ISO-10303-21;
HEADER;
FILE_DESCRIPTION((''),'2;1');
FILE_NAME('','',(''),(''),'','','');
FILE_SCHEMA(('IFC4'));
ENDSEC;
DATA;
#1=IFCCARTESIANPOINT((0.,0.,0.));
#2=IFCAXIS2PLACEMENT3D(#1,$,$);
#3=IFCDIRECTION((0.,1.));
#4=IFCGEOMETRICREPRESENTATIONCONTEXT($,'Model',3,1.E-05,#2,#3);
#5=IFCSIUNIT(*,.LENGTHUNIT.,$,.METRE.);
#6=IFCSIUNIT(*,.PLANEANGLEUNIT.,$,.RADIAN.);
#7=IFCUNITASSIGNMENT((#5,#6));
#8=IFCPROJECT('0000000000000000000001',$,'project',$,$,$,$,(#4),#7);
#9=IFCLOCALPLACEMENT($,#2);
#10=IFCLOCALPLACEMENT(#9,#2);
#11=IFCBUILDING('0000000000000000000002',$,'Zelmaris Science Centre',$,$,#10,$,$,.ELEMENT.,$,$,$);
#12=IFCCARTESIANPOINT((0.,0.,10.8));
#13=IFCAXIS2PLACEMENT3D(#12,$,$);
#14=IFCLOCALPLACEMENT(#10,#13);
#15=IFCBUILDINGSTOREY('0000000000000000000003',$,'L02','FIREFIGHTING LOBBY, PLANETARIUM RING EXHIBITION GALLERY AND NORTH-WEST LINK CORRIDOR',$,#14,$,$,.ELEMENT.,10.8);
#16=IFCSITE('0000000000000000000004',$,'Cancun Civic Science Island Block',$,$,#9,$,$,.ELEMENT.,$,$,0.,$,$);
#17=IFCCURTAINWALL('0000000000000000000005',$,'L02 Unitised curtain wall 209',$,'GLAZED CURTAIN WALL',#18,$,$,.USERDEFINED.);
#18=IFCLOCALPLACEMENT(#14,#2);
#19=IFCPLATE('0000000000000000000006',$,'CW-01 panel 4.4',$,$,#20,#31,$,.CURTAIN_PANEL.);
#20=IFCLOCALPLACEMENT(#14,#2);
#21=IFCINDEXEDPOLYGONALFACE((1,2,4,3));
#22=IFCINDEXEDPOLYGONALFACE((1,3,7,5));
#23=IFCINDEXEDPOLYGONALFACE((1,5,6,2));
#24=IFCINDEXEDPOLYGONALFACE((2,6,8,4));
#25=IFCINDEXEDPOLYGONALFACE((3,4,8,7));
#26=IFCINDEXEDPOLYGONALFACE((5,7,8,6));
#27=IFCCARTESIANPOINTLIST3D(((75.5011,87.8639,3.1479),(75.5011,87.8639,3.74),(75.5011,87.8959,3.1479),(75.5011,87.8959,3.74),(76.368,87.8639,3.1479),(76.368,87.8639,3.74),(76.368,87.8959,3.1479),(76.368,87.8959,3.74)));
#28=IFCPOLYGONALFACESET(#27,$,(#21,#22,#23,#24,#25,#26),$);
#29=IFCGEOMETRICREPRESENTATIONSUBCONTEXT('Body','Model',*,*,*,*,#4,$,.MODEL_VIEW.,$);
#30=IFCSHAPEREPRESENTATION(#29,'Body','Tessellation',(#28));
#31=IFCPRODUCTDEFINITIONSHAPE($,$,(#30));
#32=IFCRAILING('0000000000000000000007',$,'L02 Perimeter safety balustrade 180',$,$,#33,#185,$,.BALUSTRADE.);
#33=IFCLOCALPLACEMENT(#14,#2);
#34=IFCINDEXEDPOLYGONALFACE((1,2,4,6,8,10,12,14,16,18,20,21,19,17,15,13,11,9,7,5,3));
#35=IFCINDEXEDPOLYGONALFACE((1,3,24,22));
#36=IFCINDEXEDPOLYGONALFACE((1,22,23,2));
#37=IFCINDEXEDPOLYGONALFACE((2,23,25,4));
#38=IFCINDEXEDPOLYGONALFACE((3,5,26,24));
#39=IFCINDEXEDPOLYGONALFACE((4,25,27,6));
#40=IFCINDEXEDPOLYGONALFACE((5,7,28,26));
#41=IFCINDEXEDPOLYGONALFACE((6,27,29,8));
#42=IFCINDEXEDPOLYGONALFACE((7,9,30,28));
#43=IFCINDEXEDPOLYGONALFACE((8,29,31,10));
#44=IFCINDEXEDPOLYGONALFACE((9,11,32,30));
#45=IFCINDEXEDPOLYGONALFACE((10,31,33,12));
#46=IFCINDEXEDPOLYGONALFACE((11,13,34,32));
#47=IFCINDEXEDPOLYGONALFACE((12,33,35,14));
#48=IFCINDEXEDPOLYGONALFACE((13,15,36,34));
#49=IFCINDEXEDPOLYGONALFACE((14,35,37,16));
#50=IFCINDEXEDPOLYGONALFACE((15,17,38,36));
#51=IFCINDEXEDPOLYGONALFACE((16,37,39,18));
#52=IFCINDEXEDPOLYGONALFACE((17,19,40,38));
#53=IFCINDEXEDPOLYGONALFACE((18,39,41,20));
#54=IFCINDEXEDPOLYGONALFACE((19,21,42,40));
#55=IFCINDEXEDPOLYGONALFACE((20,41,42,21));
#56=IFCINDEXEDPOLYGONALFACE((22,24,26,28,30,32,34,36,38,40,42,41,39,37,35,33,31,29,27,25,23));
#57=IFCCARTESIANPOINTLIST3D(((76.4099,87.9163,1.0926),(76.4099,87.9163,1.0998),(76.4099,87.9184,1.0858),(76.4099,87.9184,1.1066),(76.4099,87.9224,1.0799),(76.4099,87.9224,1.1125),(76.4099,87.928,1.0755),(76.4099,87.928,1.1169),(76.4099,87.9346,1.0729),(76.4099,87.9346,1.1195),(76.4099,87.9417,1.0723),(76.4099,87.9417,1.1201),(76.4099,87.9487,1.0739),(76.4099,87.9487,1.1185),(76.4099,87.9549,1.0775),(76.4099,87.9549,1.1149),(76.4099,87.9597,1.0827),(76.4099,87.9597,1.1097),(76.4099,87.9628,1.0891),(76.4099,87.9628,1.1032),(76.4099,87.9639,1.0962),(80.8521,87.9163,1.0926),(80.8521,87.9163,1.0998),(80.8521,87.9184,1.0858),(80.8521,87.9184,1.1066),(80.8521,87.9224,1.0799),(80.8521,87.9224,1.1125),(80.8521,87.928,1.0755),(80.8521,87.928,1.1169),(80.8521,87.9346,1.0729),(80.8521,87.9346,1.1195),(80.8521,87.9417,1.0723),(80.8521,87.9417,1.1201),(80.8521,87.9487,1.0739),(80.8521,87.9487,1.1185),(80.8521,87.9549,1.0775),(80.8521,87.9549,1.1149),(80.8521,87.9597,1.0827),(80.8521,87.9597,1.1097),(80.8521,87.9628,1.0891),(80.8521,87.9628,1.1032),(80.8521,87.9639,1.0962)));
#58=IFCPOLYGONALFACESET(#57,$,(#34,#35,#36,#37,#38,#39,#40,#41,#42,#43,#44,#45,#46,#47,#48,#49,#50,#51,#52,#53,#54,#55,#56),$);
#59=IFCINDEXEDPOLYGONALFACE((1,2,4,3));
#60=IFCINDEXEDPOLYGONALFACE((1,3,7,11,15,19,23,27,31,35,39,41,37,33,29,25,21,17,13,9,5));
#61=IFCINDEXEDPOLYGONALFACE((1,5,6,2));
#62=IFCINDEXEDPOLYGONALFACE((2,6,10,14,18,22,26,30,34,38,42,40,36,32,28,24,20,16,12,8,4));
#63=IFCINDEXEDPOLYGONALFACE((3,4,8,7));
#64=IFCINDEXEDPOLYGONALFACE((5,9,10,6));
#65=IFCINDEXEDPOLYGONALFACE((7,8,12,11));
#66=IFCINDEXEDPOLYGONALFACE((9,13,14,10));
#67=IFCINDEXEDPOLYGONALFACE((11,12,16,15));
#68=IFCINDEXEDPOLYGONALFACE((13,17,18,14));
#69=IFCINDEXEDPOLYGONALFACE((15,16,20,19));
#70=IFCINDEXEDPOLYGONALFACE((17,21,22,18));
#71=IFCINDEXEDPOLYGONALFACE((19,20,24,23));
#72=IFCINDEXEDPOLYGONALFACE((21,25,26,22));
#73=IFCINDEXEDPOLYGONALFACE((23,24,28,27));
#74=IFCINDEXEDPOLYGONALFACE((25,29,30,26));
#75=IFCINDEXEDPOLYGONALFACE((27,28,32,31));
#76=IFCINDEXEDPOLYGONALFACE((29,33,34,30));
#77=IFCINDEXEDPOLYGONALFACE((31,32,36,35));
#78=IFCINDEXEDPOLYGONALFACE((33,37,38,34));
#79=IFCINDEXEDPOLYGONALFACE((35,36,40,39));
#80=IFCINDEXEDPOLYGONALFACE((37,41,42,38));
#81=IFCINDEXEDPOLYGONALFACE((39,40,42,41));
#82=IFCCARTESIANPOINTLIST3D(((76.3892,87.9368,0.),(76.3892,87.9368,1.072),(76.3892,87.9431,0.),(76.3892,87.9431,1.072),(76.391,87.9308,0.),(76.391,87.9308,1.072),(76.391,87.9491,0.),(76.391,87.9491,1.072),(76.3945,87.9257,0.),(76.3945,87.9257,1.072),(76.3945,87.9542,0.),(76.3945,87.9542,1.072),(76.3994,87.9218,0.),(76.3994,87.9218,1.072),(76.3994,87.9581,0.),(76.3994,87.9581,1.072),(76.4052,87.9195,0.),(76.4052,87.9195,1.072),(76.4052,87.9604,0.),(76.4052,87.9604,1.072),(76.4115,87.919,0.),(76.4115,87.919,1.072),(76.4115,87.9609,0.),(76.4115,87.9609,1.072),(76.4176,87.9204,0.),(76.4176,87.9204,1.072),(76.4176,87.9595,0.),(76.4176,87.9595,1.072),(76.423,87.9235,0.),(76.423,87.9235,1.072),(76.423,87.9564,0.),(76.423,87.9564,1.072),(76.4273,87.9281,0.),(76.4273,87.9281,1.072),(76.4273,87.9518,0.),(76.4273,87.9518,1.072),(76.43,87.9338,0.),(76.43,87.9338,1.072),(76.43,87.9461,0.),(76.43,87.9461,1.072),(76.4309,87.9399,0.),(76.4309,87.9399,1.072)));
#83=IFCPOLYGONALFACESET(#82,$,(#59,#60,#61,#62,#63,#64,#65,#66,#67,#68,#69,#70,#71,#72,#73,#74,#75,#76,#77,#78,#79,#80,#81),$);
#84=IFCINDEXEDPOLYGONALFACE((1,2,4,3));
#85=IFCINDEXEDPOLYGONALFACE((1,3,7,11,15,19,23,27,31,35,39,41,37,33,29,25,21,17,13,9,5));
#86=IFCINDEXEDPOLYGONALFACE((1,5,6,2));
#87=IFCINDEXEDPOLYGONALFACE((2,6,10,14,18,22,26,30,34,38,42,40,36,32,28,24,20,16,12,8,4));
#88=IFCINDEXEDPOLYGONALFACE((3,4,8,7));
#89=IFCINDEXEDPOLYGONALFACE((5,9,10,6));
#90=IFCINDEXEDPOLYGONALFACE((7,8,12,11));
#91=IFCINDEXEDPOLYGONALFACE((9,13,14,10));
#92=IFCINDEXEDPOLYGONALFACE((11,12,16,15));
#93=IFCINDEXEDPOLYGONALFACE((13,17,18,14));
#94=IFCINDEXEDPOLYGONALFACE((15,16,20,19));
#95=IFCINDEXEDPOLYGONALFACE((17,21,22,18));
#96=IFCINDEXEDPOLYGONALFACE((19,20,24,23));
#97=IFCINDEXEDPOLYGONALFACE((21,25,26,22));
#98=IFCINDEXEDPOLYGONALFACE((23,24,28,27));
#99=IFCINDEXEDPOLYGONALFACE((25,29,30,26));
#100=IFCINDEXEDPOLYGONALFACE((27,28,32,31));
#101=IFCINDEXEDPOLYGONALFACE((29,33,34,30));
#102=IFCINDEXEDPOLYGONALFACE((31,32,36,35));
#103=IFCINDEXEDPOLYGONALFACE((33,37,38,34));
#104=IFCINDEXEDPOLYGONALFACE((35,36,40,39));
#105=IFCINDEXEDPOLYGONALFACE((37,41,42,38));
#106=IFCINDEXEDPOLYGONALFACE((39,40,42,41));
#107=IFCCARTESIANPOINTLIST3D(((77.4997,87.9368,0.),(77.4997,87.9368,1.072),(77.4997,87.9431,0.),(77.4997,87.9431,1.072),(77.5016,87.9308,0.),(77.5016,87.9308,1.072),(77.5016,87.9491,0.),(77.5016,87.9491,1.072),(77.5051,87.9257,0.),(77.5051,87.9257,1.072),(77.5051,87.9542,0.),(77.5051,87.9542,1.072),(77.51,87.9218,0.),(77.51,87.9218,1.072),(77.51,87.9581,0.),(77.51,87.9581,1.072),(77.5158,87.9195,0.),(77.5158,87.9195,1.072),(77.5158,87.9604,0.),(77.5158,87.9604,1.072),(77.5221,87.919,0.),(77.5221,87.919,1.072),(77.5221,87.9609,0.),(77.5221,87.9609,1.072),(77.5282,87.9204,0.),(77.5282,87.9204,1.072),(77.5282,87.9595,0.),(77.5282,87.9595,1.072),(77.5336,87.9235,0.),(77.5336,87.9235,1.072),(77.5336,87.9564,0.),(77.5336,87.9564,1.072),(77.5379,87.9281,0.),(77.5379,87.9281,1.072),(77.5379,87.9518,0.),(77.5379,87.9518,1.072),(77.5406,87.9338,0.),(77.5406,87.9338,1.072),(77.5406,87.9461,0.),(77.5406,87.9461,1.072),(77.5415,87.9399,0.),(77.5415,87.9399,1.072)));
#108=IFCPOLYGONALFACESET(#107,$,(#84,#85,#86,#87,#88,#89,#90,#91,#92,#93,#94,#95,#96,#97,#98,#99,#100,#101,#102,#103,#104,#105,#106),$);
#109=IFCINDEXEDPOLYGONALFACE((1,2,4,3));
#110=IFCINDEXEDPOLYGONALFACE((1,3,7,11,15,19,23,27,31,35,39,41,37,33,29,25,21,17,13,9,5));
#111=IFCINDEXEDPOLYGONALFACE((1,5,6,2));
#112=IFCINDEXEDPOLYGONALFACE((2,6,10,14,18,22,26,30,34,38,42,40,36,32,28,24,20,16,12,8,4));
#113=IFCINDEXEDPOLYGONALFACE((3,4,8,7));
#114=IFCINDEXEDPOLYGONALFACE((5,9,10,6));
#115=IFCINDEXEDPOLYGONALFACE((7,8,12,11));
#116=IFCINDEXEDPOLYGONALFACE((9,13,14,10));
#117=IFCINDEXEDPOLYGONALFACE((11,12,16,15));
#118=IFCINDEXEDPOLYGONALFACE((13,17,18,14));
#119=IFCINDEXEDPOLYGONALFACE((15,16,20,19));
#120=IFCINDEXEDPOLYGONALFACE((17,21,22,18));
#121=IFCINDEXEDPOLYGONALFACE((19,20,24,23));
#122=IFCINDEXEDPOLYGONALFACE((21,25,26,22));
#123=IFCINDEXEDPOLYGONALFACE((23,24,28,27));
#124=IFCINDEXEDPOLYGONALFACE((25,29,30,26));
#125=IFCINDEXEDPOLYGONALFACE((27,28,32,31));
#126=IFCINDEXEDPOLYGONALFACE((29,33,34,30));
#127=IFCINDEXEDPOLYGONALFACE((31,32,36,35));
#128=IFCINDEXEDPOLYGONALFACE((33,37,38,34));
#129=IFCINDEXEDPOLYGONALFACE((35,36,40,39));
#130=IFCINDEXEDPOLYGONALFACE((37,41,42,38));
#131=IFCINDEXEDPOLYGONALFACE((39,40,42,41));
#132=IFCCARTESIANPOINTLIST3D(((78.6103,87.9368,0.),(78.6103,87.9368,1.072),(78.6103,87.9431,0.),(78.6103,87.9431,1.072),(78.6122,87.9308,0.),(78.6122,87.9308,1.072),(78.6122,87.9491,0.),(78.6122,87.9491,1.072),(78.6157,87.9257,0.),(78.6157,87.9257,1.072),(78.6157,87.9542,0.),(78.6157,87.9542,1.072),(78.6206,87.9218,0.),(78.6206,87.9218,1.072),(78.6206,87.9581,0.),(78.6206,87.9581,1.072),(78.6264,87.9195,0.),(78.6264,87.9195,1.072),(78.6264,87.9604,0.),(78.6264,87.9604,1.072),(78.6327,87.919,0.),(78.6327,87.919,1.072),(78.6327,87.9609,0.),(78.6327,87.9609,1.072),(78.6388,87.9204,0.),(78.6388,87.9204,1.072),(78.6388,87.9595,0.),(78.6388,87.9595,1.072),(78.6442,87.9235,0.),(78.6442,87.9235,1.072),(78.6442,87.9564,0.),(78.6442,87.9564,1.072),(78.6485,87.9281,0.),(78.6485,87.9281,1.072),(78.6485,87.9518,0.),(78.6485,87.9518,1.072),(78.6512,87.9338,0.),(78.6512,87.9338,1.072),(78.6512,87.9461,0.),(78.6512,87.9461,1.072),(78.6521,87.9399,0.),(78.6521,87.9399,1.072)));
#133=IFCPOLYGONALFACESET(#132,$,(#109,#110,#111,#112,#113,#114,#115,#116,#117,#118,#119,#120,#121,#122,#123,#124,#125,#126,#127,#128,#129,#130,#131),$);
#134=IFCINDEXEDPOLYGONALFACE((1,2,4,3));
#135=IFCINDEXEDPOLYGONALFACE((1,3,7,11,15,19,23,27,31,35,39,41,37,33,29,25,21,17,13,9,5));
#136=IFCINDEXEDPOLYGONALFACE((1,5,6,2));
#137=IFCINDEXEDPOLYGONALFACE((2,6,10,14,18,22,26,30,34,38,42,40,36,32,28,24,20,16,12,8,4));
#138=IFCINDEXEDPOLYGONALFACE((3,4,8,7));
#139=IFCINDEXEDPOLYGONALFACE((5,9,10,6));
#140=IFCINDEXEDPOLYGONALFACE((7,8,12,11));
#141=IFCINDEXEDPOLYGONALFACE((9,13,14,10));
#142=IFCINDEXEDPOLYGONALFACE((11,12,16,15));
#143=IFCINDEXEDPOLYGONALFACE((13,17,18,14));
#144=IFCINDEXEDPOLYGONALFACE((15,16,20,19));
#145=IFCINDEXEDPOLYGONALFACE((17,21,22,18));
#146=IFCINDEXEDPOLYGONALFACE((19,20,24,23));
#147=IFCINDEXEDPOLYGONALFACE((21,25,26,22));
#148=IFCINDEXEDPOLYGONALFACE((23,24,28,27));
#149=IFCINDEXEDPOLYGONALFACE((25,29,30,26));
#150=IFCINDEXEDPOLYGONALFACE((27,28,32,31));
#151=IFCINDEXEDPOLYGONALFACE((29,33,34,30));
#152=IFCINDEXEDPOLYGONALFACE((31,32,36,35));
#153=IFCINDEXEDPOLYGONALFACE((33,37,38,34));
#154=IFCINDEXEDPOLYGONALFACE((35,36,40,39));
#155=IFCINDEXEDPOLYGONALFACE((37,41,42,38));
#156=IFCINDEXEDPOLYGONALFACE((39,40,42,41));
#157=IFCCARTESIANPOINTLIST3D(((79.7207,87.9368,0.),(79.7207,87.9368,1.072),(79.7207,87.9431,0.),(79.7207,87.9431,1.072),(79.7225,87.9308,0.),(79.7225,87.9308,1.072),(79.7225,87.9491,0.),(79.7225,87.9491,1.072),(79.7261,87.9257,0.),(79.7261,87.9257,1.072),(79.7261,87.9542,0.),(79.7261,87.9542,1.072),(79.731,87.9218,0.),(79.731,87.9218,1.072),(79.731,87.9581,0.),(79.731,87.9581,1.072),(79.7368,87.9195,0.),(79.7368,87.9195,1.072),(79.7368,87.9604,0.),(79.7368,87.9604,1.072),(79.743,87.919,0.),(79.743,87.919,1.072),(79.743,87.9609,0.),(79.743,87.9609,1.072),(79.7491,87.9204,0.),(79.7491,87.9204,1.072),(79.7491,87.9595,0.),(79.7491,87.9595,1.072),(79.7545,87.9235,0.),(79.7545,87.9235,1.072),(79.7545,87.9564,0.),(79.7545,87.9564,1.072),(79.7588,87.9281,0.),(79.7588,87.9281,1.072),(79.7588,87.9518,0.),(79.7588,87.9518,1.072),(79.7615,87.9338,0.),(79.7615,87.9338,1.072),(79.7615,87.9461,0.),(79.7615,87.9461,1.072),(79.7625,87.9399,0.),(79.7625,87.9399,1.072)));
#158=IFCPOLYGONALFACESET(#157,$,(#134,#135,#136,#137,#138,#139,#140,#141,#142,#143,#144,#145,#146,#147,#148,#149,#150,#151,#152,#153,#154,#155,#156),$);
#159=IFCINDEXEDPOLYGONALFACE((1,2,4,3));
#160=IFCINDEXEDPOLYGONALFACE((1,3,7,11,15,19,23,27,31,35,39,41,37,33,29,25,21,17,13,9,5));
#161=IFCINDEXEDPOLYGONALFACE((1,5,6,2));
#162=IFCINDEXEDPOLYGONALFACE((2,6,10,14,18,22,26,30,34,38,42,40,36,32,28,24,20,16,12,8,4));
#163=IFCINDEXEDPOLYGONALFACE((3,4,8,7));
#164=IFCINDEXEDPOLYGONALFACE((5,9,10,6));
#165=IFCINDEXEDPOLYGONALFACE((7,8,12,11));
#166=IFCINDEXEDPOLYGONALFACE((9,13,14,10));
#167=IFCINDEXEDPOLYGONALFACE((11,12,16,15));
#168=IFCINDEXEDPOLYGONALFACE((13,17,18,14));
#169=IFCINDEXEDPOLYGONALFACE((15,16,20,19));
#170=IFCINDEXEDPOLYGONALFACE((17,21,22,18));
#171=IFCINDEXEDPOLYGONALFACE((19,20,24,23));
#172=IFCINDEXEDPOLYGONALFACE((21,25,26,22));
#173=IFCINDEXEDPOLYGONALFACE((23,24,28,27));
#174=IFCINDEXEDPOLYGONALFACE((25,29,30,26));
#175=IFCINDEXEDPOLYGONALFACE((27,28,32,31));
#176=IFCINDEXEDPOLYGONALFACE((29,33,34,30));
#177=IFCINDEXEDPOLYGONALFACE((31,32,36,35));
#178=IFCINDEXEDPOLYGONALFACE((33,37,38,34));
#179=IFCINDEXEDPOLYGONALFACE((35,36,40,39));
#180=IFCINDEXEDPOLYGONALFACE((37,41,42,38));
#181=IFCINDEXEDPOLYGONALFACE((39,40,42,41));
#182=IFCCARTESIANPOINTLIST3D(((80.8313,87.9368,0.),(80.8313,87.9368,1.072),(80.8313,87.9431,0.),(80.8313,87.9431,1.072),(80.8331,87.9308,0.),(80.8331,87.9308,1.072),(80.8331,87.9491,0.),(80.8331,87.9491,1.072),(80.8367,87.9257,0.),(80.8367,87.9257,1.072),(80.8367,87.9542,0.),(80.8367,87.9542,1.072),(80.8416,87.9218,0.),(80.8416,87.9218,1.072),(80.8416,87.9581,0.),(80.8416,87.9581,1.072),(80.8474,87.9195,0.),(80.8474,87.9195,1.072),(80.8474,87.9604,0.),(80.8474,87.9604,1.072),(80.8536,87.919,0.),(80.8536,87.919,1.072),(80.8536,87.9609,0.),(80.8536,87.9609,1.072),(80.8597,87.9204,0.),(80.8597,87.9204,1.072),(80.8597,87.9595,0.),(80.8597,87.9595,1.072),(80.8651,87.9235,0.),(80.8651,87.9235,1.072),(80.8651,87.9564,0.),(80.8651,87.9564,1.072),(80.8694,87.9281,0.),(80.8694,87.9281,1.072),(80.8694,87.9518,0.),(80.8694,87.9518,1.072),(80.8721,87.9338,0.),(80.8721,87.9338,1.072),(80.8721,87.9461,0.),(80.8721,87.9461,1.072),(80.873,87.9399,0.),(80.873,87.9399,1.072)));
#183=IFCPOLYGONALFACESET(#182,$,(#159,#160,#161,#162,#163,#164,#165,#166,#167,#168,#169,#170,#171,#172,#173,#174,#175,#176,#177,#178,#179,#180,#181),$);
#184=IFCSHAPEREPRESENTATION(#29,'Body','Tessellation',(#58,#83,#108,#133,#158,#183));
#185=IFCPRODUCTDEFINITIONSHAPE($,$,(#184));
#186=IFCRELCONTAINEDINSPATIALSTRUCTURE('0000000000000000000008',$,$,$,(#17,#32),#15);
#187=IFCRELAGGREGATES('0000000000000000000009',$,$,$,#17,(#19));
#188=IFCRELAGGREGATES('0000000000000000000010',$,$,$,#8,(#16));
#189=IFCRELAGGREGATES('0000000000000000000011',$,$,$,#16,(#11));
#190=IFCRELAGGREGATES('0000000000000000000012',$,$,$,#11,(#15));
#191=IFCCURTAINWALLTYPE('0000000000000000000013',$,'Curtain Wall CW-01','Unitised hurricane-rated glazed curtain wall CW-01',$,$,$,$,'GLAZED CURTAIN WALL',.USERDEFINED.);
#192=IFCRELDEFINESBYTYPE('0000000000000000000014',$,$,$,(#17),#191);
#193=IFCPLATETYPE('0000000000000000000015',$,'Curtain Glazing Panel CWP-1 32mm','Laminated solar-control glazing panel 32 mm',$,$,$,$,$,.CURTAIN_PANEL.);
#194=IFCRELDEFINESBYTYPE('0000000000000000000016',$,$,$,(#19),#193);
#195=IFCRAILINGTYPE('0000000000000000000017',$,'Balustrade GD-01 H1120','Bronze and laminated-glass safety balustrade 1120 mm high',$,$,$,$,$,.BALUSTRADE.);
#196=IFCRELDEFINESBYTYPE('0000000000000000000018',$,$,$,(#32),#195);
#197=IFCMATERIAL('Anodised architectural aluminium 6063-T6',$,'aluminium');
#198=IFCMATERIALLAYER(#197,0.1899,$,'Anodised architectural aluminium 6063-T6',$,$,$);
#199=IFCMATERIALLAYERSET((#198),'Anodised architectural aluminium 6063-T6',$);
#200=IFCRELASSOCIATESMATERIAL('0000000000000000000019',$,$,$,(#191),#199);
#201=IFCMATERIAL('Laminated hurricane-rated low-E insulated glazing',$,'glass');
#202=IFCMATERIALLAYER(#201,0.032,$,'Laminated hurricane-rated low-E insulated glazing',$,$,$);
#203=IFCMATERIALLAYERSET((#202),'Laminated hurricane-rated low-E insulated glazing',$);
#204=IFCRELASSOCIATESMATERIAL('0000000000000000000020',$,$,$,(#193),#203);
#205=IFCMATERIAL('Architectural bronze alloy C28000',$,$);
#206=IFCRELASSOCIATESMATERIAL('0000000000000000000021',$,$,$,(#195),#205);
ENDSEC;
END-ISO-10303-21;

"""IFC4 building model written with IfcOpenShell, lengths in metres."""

from ifc_helpers import new_model, si_unit, direction, frame, origin, origin_2d, place, context, subcontext, project, spatial, rectangle, circle, extrude, material, layer, layer_set, type_object, element, aggregate, save


model = new_model("IFC4")

# Units and contexts
model_context = context("Model", 3, precision=1e-05, world=origin(), true_north=direction((0.0, 1.0)))
body_context = subcontext(model_context, "Body", "Model", "MODEL_VIEW")
ifc_project = project(units=[si_unit("LENGTHUNIT", "METRE"), si_unit("PLANEANGLEUNIT", "RADIAN")], contexts=[model_context])

# Site, building, storey
site_placement = place(None, origin())
site = spatial("IfcSite", under=ifc_project, at=site_placement, Name="Cancun Civic Science Island Block", CompositionType="ELEMENT", RefElevation=0.0)
building_placement = place(site_placement, origin())
building = spatial("IfcBuilding", under=site, at=building_placement, Name="Zelmaris Science Centre", CompositionType="ELEMENT")
storey_placement = place(building_placement, frame((0.0, 0.0, 10.8)))
storey = spatial("IfcBuildingStorey", under=building, at=storey_placement, Name="L02", Description="FIREFIGHTING LOBBY, PLANETARIUM RING EXHIBITION GALLERY AND NORTH-WEST LINK CORRIDOR", CompositionType="ELEMENT", Elevation=10.8)

# Curtain wall
ifc_material_1 = material(Name="Anodised architectural aluminium 6063-T6", Category="aluminium")
ifc_layer_1 = layer(ifc_material_1, 0.1899, Name="Anodised architectural aluminium 6063-T6")
ifc_layer_set_1 = layer_set([ifc_layer_1], Name="Anodised architectural aluminium 6063-T6")
curtain_wall_type = type_object("IfcCurtainWallType", Name="Curtain Wall CW-01", Description="Unitised hurricane-rated glazed curtain wall CW-01", ElementType="GLAZED CURTAIN WALL", PredefinedType="USERDEFINED", material=ifc_layer_set_1)
curtain_wall_placement = place(storey_placement, origin())
curtain_wall = element("IfcCurtainWall", 1, at=curtain_wall_placement, inside=storey, type_object=curtain_wall_type, Name="L02 Unitised curtain wall 209", ObjectType="GLAZED CURTAIN WALL", PredefinedType="USERDEFINED")

# Plate
ifc_material_2 = material(Name="Laminated hurricane-rated low-E insulated glazing", Category="glass")
ifc_layer_2 = layer(ifc_material_2, 0.032, Name="Laminated hurricane-rated low-E insulated glazing")
ifc_layer_set_2 = layer_set([ifc_layer_2], Name="Laminated hurricane-rated low-E insulated glazing")
plate_type = type_object("IfcPlateType", Name="Curtain Glazing Panel CWP-1 32mm", Description="Laminated solar-control glazing panel 32 mm", PredefinedType="CURTAIN_PANEL", material=ifc_layer_set_2)
plate_1_placement = place(storey_placement, frame((75.9346, 87.8799, 3.1479), z_axis=(0.0, 0.0, 1.0), x_axis=(1.0, 0.0, 0.0)))
plate_1 = element("IfcPlate", 2, at=plate_1_placement, type_object=plate_type, Name="CW-01 panel 4.4", PredefinedType="CURTAIN_PANEL", context=body_context, shape_type="SweptSolid", body=[
    extrude(rectangle(XDim=0.8669, YDim=0.032, at=origin_2d()), origin(), (0.0, 0.0, 1.0), 0.592),
])
aggregate(curtain_wall, [plate_1])

# Railing
ifc_material_3 = material(Name="Architectural bronze alloy C28000")
railing_type = type_object("IfcRailingType", Name="Balustrade GD-01 H1120", Description="Bronze and laminated-glass safety balustrade 1120 mm high", PredefinedType="BALUSTRADE", material=ifc_material_3)
railing_placement = place(storey_placement, frame((76.4099, 87.9399, 0.0)))
element("IfcRailing", 3, at=railing_placement, inside=storey, type_object=railing_type, Name="L02 Perimeter safety balustrade 180", PredefinedType="BALUSTRADE", context=body_context, shape_type="SweptSolid", body=[
    extrude(circle(Radius=0.0239, at=origin_2d()), frame((0.0, 0.0, 1.0962), z_axis=(1.0, 0.0, 0.0), x_axis=(0.0, 1.0, 0.0)), (0.0, 0.0, 1.0), 4.4421),
    extrude(circle(Radius=0.021, at=origin_2d()), origin(), (0.0, 0.0, 1.0), 1.072),
    extrude(circle(Radius=0.021, at=origin_2d()), frame((1.1106, 0.0, 0.0)), (0.0, 0.0, 1.0), 1.072),
    extrude(circle(Radius=0.021, at=origin_2d()), frame((2.2212, 0.0, 0.0)), (0.0, 0.0, 1.0), 1.072),
    extrude(circle(Radius=0.021, at=origin_2d()), frame((3.3315, 0.0, 0.0)), (0.0, 0.0, 1.0), 1.072),
    extrude(circle(Radius=0.021, at=origin_2d()), frame((4.4421, 0.0, 0.0)), (0.0, 0.0, 1.0), 1.072),
])

save(model, "model.ifc")
